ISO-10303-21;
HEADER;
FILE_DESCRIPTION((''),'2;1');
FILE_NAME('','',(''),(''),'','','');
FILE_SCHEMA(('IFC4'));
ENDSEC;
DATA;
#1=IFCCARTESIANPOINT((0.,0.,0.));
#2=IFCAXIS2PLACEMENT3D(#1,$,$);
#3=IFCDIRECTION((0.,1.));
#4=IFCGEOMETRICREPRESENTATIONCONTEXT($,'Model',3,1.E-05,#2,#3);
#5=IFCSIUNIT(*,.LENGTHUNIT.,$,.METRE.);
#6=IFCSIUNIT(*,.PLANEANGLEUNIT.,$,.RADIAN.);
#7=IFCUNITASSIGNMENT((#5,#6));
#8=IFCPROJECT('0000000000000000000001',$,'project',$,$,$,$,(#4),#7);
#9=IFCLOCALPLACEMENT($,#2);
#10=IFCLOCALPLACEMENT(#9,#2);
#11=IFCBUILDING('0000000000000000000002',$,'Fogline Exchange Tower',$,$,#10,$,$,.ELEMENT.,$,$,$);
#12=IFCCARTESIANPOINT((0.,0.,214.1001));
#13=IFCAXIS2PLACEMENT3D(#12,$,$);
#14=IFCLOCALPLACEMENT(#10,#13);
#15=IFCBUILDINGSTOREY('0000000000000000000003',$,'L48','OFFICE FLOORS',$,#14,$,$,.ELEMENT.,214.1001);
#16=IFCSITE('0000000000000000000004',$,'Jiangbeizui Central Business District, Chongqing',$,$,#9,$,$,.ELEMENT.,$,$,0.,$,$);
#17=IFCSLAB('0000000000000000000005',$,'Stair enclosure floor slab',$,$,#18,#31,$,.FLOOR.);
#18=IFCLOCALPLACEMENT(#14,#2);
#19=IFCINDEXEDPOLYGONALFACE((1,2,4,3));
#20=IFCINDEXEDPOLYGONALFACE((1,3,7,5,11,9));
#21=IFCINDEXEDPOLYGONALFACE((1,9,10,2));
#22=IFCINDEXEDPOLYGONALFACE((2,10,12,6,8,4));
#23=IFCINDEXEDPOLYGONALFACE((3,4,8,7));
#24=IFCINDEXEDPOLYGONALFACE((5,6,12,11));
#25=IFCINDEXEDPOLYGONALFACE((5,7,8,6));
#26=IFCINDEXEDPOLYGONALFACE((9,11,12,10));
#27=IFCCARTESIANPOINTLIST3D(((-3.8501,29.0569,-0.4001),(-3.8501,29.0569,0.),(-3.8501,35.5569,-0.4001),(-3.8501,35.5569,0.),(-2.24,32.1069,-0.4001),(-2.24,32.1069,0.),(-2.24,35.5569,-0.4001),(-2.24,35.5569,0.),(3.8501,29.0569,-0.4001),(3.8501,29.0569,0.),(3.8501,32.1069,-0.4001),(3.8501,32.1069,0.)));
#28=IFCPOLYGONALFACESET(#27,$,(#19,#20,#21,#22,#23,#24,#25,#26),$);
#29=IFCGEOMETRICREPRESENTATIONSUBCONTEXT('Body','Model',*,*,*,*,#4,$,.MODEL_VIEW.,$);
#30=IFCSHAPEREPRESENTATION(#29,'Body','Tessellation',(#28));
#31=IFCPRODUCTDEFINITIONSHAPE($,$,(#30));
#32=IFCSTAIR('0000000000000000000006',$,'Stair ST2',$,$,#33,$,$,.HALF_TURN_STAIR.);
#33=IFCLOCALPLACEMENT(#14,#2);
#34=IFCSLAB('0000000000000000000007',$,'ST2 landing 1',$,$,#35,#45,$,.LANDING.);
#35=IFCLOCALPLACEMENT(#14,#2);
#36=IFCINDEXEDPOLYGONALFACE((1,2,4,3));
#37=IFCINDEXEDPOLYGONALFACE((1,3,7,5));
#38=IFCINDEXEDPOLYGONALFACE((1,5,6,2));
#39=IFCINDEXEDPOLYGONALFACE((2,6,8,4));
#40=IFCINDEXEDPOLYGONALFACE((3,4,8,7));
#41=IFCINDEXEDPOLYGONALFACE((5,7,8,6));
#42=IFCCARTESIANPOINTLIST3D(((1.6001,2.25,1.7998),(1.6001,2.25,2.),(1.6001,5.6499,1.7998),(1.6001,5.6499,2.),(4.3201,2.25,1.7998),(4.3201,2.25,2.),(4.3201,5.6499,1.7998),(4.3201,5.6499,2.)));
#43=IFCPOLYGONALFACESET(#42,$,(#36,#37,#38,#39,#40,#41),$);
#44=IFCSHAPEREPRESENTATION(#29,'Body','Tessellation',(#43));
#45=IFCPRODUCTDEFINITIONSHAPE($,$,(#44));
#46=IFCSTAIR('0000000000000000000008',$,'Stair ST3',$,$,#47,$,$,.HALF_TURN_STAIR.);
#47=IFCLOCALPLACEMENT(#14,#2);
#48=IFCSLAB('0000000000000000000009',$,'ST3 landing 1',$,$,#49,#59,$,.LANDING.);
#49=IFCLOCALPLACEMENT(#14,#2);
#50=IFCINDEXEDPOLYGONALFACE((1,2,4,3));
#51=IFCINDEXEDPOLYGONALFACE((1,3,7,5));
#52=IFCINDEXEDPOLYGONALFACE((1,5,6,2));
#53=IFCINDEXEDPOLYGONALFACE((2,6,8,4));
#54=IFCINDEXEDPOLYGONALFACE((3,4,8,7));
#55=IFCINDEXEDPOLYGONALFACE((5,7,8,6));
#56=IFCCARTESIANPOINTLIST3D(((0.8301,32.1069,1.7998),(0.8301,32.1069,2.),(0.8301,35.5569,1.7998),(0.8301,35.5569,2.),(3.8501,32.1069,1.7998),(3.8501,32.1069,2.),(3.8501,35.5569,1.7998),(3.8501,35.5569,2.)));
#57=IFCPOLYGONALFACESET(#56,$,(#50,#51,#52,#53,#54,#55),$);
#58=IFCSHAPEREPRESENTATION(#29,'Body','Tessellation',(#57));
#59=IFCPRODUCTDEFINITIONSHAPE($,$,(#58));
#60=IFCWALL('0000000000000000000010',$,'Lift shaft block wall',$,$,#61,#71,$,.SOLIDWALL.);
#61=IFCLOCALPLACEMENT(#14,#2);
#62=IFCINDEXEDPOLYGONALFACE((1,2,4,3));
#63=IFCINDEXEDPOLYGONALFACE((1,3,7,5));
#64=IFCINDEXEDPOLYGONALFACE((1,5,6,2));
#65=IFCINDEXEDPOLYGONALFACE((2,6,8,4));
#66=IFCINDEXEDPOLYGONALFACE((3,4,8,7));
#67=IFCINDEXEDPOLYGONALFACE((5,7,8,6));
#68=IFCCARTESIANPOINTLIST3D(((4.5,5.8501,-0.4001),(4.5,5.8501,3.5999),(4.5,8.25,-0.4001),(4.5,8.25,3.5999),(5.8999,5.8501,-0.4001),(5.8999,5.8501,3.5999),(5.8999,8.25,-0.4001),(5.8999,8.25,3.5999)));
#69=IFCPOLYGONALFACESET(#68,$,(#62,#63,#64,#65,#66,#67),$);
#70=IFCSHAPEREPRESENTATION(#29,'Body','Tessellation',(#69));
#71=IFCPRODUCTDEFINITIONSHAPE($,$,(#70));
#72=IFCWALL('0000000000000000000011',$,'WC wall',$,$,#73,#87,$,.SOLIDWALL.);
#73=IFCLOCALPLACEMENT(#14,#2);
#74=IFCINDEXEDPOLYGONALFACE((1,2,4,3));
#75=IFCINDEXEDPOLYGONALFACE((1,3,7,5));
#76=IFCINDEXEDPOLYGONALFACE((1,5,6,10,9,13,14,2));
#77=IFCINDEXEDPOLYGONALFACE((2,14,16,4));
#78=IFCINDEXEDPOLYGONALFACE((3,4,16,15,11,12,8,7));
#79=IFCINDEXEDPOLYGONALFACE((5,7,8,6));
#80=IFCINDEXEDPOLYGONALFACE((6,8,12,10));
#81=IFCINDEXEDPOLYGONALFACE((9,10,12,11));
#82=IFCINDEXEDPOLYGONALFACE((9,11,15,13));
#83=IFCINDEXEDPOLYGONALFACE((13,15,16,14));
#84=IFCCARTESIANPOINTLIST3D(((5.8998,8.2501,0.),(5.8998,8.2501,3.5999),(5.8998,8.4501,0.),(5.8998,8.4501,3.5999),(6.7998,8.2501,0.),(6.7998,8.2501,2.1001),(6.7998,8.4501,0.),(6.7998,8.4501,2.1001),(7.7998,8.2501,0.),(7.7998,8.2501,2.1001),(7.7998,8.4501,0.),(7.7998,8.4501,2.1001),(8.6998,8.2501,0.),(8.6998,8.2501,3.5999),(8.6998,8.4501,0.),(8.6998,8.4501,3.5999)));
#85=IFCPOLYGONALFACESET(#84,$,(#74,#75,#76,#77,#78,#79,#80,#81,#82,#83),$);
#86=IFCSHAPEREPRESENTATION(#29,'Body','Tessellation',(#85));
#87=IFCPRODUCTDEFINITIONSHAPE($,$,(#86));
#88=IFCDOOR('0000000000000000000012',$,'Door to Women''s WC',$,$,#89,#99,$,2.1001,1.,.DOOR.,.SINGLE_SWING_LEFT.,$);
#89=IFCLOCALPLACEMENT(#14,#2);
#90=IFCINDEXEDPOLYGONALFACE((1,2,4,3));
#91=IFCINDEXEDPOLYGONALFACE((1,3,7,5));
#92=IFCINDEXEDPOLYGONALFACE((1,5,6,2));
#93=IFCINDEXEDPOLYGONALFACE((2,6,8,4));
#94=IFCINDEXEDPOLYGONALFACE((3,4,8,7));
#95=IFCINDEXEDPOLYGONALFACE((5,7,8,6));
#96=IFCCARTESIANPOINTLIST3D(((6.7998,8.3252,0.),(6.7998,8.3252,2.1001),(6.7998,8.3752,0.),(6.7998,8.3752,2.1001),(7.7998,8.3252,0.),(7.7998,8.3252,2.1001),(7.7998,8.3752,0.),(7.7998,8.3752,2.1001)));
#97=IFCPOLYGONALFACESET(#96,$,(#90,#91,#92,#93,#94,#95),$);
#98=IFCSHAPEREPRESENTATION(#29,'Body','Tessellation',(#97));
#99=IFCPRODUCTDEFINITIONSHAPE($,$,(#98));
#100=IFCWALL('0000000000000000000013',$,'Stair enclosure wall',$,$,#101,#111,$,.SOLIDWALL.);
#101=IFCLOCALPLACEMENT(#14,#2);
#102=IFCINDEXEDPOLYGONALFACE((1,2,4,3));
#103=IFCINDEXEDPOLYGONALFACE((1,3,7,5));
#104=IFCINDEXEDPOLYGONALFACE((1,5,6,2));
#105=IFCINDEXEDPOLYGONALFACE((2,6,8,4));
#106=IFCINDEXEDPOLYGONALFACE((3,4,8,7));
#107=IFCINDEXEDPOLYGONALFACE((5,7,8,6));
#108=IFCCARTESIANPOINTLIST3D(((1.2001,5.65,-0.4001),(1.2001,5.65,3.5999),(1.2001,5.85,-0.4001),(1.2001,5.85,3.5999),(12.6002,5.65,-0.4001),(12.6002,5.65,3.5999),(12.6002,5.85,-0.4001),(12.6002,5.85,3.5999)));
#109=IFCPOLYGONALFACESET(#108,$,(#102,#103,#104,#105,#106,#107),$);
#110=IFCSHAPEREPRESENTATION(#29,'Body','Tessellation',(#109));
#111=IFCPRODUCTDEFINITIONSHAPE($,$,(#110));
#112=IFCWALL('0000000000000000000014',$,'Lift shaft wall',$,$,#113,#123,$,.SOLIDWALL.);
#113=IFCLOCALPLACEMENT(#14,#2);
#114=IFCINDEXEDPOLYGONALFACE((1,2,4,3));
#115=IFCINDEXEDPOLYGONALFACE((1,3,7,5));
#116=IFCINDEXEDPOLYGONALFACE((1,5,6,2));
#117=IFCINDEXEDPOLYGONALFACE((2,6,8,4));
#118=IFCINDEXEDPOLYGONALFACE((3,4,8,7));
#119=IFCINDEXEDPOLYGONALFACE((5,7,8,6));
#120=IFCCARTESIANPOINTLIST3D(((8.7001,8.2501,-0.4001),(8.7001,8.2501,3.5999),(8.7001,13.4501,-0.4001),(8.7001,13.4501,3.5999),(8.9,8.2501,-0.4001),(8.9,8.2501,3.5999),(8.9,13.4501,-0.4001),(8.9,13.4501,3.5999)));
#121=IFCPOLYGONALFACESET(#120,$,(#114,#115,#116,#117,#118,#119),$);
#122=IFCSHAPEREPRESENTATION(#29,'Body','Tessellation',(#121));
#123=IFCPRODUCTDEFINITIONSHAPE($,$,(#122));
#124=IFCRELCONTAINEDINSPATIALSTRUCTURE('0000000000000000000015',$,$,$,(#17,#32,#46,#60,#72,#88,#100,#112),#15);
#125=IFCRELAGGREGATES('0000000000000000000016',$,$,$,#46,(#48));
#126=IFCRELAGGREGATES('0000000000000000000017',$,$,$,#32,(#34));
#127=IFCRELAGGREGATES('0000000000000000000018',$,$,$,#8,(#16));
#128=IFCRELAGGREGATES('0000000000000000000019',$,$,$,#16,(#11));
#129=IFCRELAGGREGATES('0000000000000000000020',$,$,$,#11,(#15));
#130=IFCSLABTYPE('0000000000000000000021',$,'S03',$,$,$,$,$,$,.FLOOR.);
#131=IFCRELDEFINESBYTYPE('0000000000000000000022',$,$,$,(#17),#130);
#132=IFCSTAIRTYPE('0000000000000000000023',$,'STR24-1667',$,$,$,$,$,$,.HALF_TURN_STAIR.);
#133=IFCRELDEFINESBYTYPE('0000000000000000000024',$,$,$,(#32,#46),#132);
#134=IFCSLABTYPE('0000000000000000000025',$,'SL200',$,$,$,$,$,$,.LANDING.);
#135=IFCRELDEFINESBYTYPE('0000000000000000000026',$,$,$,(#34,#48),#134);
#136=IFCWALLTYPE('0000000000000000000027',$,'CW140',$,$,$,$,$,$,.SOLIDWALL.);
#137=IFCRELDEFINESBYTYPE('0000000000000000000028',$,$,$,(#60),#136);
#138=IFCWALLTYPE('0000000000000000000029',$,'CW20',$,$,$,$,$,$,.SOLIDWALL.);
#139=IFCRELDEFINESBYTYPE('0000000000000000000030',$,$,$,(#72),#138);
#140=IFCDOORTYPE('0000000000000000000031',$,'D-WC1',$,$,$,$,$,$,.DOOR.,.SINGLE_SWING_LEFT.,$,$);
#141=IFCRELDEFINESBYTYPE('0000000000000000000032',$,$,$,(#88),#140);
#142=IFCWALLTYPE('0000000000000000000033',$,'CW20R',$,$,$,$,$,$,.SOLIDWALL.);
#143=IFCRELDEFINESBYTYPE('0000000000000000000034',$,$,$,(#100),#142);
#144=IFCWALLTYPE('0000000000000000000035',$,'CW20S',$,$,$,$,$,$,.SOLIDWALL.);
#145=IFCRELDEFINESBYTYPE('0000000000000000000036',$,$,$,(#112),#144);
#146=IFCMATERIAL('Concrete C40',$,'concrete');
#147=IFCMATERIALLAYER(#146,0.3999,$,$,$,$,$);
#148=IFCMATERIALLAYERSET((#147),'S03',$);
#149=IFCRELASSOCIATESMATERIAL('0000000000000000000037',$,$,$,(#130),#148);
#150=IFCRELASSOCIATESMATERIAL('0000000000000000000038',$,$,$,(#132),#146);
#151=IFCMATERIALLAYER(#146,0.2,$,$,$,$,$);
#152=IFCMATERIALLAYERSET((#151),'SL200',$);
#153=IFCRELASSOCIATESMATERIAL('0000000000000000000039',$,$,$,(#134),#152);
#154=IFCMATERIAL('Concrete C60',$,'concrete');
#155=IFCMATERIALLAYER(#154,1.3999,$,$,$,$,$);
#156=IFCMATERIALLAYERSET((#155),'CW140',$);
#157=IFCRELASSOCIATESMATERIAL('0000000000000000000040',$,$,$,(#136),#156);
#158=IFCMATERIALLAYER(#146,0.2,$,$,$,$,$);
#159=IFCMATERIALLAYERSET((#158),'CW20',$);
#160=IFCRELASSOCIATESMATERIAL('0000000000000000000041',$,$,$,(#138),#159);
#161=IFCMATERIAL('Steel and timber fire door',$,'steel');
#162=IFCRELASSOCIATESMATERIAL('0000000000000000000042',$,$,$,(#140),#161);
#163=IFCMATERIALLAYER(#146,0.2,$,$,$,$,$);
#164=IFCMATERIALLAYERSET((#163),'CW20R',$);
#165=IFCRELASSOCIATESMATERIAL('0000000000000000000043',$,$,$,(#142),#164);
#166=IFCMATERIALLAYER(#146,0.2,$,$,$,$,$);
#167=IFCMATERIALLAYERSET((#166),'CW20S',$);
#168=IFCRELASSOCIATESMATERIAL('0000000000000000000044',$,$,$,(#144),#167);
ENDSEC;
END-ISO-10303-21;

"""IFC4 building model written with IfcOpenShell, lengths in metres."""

from ifc_helpers import new_model, si_unit, direction, frame, frame_2d, origin, place, context, subcontext, project, spatial, polyline, rectangle, outline, extrude, material, layer, layer_set, type_object, element, fill, aggregate, save


model = new_model("IFC4")

# Units and contexts
model_context = context("Model", 3, precision=1e-05, world=origin(), true_north=direction((0.0, 1.0)))
body_context = subcontext(model_context, "Body", "Model", "MODEL_VIEW")
ifc_project = project(units=[si_unit("LENGTHUNIT", "METRE"), si_unit("PLANEANGLEUNIT", "RADIAN")], contexts=[model_context])

# Site, building, storey
site_placement = place(None, origin())
site = spatial("IfcSite", under=ifc_project, at=site_placement, Name="Jiangbeizui Central Business District, Chongqing", CompositionType="ELEMENT", RefElevation=0.0)
building_placement = place(site_placement, origin())
building = spatial("IfcBuilding", under=site, at=building_placement, Name="Fogline Exchange Tower", CompositionType="ELEMENT")
storey_placement = place(building_placement, frame((0.0, 0.0, 214.1001)))
storey = spatial("IfcBuildingStorey", under=building, at=storey_placement, Name="L48", Description="OFFICE FLOORS", CompositionType="ELEMENT", Elevation=214.1001)

# Slab
ifc_material_1 = material(Name="Concrete C40", Category="concrete")
ifc_layer_1 = layer(ifc_material_1, 0.3999)
ifc_layer_set_1 = layer_set([ifc_layer_1], Name="S03")
slab_type_1 = type_object("IfcSlabType", Name="S03", PredefinedType="FLOOR", material=ifc_layer_set_1)
slab_1_placement = place(storey_placement, frame((0.0, 0.0, -0.4001)))
element("IfcSlab", 1, at=slab_1_placement, inside=storey, type_object=slab_type_1, Name="Stair enclosure floor slab", PredefinedType="FLOOR", context=body_context, shape_type="SweptSolid", body=[
    extrude(outline(polyline([(3.8501, 29.0569), (-3.8501, 29.0569), (-3.8501, 35.5569), (-2.24, 35.5569), (-2.24, 32.1069), (3.8501, 32.1069), (3.8501, 29.0569)])), origin(), (0.0, 0.0, 1.0), 0.4001),
])

# Stairs, slabs
stair_type = type_object("IfcStairType", Name="STR24-1667", PredefinedType="HALF_TURN_STAIR", material=ifc_material_1)
stair_1_placement = place(storey_placement, origin())
stair_1 = element("IfcStair", 2, at=stair_1_placement, inside=storey, type_object=stair_type, Name="Stair ST2", PredefinedType="HALF_TURN_STAIR")
ifc_layer_2 = layer(ifc_material_1, 0.2)
ifc_layer_set_2 = layer_set([ifc_layer_2], Name="SL200")
slab_type_2 = type_object("IfcSlabType", Name="SL200", PredefinedType="LANDING", material=ifc_layer_set_2)
slab_2_placement = place(storey_placement, frame((0.0, 0.0, 1.7998)))
slab_2 = element("IfcSlab", 3, at=slab_2_placement, type_object=slab_type_2, Name="ST2 landing 1", PredefinedType="LANDING", context=body_context, shape_type="SweptSolid", body=[
    extrude(outline(polyline([(1.6001, 2.25), (4.3201, 2.25), (4.3201, 5.6499), (1.6001, 5.6499), (1.6001, 2.25)])), origin(), (0.0, 0.0, 1.0), 0.2002),
])
stair_2_placement = place(storey_placement, origin())
stair_2 = element("IfcStair", 4, at=stair_2_placement, inside=storey, type_object=stair_type, Name="Stair ST3", PredefinedType="HALF_TURN_STAIR")
slab_3_placement = place(storey_placement, frame((0.0, 0.0, 1.7998)))
slab_3 = element("IfcSlab", 5, at=slab_3_placement, type_object=slab_type_2, Name="ST3 landing 1", PredefinedType="LANDING", context=body_context, shape_type="SweptSolid", body=[
    extrude(outline(polyline([(0.8301, 32.1069), (3.8501, 32.1069), (3.8501, 35.5569), (0.8301, 35.5569), (0.8301, 32.1069)])), origin(), (0.0, 0.0, 1.0), 0.2002),
])
aggregate(stair_2, [slab_3])

# Wall
ifc_material_2 = material(Name="Concrete C60", Category="concrete")
ifc_layer_3 = layer(ifc_material_2, 1.3999)
ifc_layer_set_3 = layer_set([ifc_layer_3], Name="CW140")
wall_type_1 = type_object("IfcWallType", Name="CW140", PredefinedType="SOLIDWALL", material=ifc_layer_set_3)
wall_1_placement = place(storey_placement, frame((5.2, 5.8501, -0.4001), z_axis=(0.0, 0.0, 1.0), x_axis=(0.0, 1.0, 0.0)))
element("IfcWall", 6, at=wall_1_placement, inside=storey, type_object=wall_type_1, Name="Lift shaft block wall", PredefinedType="SOLIDWALL", context=body_context, shape_type="SweptSolid", body=[
    extrude(rectangle(XDim=2.3999, YDim=1.3999, at=frame_2d((1.2, 0.0))), origin(), (0.0, 0.0, 1.0), 4.0),
])

# Wall, opening, door
ifc_layer_4 = layer(ifc_material_1, 0.2)
ifc_layer_set_4 = layer_set([ifc_layer_4], Name="CW20")
wall_type_2 = type_object("IfcWallType", Name="CW20", PredefinedType="SOLIDWALL", material=ifc_layer_set_4)
wall_2_placement = place(storey_placement, frame((5.8999, 8.3501, 0.0), z_axis=(0.0, 0.0, 1.0), x_axis=(1.0, 0.0, 0.0)))
wall_2 = element("IfcWall", 7, at=wall_2_placement, inside=storey, type_object=wall_type_2, Name="WC wall", PredefinedType="SOLIDWALL", context=body_context, shape_type="SweptSolid", body=[
    extrude(rectangle(XDim=2.8, YDim=0.2, at=frame_2d((1.3999, 0.0))), origin(), (0.0, 0.0, 1.0), 3.5999),
])
opening_1_placement = place(wall_2_placement, frame((0.8999, 0.0, 0.0)))
opening_1 = element("IfcOpeningElement", 8, at=opening_1_placement, cuts=wall_2, PredefinedType="OPENING", context=body_context, shape_type="SweptSolid", body=[
    extrude(rectangle(XDim=1.0, YDim=2.1001, at=frame_2d((0.5, 1.05))), frame((0.0, 0.1099, 0.0), z_axis=(0.0, -1.0, 0.0), x_axis=(1.0, 0.0, 0.0)), (0.0, 0.0, 1.0), 0.22),
])
ifc_material_3 = material(Name="Steel and timber fire door", Category="steel")
door_type_1 = type_object("IfcDoorType", Name="D-WC1", OperationType="SINGLE_SWING_LEFT", PredefinedType="DOOR", material=ifc_material_3)
door_1_placement = place(opening_1_placement, frame((1.0, 0.0, 0.0), z_axis=(0.0, 0.0, 1.0), x_axis=(-1.0, 0.0, 0.0)))
door_1 = element("IfcDoor", 9, at=door_1_placement, inside=storey, type_object=door_type_1, Name="Door to Women's WC", OperationType="SINGLE_SWING_LEFT", OverallHeight=2.1001, OverallWidth=1.0, PredefinedType="DOOR", context=body_context, shape_type="SweptSolid", body=[
    extrude(rectangle(XDim=1.0, YDim=2.1001, at=frame_2d((0.5, 1.05))), frame((0.0, 0.0249, 0.0), z_axis=(0.0, -1.0, 0.0), x_axis=(1.0, 0.0, 0.0)), (0.0, 0.0, 1.0), 0.05),
])
fill(opening_1, door_1)

# Walls
ifc_layer_5 = layer(ifc_material_1, 0.2)
ifc_layer_set_5 = layer_set([ifc_layer_5], Name="CW20R")
wall_type_3 = type_object("IfcWallType", Name="CW20R", PredefinedType="SOLIDWALL", material=ifc_layer_set_5)
wall_3_placement = place(storey_placement, frame((1.2, 5.75, -0.4001), z_axis=(0.0, 0.0, 1.0), x_axis=(1.0, 0.0, 0.0)))
element("IfcWall", 10, at=wall_3_placement, inside=storey, type_object=wall_type_3, Name="Stair enclosure wall", PredefinedType="SOLIDWALL", context=body_context, shape_type="SweptSolid", body=[
    extrude(rectangle(XDim=11.4001, YDim=0.2, at=frame_2d((5.7002, 0.0))), origin(), (0.0, 0.0, 1.0), 4.0),
])
ifc_layer_6 = layer(ifc_material_1, 0.2)
ifc_layer_set_6 = layer_set([ifc_layer_6], Name="CW20S")
wall_type_4 = type_object("IfcWallType", Name="CW20S", PredefinedType="SOLIDWALL", material=ifc_layer_set_6)
wall_4_placement = place(storey_placement, frame((8.8, 8.25, -0.4001), z_axis=(0.0, 0.0, 1.0), x_axis=(0.0, 1.0, 0.0)))
element("IfcWall", 11, at=wall_4_placement, inside=storey, type_object=wall_type_4, Name="Lift shaft wall", PredefinedType="SOLIDWALL", context=body_context, shape_type="SweptSolid", body=[
    extrude(rectangle(XDim=5.2, YDim=0.2, at=frame_2d((2.6001, 0.0))), origin(), (0.0, 0.0, 1.0), 4.0),
])

aggregate(stair_1, [slab_2])

save(model, "model.ifc")
